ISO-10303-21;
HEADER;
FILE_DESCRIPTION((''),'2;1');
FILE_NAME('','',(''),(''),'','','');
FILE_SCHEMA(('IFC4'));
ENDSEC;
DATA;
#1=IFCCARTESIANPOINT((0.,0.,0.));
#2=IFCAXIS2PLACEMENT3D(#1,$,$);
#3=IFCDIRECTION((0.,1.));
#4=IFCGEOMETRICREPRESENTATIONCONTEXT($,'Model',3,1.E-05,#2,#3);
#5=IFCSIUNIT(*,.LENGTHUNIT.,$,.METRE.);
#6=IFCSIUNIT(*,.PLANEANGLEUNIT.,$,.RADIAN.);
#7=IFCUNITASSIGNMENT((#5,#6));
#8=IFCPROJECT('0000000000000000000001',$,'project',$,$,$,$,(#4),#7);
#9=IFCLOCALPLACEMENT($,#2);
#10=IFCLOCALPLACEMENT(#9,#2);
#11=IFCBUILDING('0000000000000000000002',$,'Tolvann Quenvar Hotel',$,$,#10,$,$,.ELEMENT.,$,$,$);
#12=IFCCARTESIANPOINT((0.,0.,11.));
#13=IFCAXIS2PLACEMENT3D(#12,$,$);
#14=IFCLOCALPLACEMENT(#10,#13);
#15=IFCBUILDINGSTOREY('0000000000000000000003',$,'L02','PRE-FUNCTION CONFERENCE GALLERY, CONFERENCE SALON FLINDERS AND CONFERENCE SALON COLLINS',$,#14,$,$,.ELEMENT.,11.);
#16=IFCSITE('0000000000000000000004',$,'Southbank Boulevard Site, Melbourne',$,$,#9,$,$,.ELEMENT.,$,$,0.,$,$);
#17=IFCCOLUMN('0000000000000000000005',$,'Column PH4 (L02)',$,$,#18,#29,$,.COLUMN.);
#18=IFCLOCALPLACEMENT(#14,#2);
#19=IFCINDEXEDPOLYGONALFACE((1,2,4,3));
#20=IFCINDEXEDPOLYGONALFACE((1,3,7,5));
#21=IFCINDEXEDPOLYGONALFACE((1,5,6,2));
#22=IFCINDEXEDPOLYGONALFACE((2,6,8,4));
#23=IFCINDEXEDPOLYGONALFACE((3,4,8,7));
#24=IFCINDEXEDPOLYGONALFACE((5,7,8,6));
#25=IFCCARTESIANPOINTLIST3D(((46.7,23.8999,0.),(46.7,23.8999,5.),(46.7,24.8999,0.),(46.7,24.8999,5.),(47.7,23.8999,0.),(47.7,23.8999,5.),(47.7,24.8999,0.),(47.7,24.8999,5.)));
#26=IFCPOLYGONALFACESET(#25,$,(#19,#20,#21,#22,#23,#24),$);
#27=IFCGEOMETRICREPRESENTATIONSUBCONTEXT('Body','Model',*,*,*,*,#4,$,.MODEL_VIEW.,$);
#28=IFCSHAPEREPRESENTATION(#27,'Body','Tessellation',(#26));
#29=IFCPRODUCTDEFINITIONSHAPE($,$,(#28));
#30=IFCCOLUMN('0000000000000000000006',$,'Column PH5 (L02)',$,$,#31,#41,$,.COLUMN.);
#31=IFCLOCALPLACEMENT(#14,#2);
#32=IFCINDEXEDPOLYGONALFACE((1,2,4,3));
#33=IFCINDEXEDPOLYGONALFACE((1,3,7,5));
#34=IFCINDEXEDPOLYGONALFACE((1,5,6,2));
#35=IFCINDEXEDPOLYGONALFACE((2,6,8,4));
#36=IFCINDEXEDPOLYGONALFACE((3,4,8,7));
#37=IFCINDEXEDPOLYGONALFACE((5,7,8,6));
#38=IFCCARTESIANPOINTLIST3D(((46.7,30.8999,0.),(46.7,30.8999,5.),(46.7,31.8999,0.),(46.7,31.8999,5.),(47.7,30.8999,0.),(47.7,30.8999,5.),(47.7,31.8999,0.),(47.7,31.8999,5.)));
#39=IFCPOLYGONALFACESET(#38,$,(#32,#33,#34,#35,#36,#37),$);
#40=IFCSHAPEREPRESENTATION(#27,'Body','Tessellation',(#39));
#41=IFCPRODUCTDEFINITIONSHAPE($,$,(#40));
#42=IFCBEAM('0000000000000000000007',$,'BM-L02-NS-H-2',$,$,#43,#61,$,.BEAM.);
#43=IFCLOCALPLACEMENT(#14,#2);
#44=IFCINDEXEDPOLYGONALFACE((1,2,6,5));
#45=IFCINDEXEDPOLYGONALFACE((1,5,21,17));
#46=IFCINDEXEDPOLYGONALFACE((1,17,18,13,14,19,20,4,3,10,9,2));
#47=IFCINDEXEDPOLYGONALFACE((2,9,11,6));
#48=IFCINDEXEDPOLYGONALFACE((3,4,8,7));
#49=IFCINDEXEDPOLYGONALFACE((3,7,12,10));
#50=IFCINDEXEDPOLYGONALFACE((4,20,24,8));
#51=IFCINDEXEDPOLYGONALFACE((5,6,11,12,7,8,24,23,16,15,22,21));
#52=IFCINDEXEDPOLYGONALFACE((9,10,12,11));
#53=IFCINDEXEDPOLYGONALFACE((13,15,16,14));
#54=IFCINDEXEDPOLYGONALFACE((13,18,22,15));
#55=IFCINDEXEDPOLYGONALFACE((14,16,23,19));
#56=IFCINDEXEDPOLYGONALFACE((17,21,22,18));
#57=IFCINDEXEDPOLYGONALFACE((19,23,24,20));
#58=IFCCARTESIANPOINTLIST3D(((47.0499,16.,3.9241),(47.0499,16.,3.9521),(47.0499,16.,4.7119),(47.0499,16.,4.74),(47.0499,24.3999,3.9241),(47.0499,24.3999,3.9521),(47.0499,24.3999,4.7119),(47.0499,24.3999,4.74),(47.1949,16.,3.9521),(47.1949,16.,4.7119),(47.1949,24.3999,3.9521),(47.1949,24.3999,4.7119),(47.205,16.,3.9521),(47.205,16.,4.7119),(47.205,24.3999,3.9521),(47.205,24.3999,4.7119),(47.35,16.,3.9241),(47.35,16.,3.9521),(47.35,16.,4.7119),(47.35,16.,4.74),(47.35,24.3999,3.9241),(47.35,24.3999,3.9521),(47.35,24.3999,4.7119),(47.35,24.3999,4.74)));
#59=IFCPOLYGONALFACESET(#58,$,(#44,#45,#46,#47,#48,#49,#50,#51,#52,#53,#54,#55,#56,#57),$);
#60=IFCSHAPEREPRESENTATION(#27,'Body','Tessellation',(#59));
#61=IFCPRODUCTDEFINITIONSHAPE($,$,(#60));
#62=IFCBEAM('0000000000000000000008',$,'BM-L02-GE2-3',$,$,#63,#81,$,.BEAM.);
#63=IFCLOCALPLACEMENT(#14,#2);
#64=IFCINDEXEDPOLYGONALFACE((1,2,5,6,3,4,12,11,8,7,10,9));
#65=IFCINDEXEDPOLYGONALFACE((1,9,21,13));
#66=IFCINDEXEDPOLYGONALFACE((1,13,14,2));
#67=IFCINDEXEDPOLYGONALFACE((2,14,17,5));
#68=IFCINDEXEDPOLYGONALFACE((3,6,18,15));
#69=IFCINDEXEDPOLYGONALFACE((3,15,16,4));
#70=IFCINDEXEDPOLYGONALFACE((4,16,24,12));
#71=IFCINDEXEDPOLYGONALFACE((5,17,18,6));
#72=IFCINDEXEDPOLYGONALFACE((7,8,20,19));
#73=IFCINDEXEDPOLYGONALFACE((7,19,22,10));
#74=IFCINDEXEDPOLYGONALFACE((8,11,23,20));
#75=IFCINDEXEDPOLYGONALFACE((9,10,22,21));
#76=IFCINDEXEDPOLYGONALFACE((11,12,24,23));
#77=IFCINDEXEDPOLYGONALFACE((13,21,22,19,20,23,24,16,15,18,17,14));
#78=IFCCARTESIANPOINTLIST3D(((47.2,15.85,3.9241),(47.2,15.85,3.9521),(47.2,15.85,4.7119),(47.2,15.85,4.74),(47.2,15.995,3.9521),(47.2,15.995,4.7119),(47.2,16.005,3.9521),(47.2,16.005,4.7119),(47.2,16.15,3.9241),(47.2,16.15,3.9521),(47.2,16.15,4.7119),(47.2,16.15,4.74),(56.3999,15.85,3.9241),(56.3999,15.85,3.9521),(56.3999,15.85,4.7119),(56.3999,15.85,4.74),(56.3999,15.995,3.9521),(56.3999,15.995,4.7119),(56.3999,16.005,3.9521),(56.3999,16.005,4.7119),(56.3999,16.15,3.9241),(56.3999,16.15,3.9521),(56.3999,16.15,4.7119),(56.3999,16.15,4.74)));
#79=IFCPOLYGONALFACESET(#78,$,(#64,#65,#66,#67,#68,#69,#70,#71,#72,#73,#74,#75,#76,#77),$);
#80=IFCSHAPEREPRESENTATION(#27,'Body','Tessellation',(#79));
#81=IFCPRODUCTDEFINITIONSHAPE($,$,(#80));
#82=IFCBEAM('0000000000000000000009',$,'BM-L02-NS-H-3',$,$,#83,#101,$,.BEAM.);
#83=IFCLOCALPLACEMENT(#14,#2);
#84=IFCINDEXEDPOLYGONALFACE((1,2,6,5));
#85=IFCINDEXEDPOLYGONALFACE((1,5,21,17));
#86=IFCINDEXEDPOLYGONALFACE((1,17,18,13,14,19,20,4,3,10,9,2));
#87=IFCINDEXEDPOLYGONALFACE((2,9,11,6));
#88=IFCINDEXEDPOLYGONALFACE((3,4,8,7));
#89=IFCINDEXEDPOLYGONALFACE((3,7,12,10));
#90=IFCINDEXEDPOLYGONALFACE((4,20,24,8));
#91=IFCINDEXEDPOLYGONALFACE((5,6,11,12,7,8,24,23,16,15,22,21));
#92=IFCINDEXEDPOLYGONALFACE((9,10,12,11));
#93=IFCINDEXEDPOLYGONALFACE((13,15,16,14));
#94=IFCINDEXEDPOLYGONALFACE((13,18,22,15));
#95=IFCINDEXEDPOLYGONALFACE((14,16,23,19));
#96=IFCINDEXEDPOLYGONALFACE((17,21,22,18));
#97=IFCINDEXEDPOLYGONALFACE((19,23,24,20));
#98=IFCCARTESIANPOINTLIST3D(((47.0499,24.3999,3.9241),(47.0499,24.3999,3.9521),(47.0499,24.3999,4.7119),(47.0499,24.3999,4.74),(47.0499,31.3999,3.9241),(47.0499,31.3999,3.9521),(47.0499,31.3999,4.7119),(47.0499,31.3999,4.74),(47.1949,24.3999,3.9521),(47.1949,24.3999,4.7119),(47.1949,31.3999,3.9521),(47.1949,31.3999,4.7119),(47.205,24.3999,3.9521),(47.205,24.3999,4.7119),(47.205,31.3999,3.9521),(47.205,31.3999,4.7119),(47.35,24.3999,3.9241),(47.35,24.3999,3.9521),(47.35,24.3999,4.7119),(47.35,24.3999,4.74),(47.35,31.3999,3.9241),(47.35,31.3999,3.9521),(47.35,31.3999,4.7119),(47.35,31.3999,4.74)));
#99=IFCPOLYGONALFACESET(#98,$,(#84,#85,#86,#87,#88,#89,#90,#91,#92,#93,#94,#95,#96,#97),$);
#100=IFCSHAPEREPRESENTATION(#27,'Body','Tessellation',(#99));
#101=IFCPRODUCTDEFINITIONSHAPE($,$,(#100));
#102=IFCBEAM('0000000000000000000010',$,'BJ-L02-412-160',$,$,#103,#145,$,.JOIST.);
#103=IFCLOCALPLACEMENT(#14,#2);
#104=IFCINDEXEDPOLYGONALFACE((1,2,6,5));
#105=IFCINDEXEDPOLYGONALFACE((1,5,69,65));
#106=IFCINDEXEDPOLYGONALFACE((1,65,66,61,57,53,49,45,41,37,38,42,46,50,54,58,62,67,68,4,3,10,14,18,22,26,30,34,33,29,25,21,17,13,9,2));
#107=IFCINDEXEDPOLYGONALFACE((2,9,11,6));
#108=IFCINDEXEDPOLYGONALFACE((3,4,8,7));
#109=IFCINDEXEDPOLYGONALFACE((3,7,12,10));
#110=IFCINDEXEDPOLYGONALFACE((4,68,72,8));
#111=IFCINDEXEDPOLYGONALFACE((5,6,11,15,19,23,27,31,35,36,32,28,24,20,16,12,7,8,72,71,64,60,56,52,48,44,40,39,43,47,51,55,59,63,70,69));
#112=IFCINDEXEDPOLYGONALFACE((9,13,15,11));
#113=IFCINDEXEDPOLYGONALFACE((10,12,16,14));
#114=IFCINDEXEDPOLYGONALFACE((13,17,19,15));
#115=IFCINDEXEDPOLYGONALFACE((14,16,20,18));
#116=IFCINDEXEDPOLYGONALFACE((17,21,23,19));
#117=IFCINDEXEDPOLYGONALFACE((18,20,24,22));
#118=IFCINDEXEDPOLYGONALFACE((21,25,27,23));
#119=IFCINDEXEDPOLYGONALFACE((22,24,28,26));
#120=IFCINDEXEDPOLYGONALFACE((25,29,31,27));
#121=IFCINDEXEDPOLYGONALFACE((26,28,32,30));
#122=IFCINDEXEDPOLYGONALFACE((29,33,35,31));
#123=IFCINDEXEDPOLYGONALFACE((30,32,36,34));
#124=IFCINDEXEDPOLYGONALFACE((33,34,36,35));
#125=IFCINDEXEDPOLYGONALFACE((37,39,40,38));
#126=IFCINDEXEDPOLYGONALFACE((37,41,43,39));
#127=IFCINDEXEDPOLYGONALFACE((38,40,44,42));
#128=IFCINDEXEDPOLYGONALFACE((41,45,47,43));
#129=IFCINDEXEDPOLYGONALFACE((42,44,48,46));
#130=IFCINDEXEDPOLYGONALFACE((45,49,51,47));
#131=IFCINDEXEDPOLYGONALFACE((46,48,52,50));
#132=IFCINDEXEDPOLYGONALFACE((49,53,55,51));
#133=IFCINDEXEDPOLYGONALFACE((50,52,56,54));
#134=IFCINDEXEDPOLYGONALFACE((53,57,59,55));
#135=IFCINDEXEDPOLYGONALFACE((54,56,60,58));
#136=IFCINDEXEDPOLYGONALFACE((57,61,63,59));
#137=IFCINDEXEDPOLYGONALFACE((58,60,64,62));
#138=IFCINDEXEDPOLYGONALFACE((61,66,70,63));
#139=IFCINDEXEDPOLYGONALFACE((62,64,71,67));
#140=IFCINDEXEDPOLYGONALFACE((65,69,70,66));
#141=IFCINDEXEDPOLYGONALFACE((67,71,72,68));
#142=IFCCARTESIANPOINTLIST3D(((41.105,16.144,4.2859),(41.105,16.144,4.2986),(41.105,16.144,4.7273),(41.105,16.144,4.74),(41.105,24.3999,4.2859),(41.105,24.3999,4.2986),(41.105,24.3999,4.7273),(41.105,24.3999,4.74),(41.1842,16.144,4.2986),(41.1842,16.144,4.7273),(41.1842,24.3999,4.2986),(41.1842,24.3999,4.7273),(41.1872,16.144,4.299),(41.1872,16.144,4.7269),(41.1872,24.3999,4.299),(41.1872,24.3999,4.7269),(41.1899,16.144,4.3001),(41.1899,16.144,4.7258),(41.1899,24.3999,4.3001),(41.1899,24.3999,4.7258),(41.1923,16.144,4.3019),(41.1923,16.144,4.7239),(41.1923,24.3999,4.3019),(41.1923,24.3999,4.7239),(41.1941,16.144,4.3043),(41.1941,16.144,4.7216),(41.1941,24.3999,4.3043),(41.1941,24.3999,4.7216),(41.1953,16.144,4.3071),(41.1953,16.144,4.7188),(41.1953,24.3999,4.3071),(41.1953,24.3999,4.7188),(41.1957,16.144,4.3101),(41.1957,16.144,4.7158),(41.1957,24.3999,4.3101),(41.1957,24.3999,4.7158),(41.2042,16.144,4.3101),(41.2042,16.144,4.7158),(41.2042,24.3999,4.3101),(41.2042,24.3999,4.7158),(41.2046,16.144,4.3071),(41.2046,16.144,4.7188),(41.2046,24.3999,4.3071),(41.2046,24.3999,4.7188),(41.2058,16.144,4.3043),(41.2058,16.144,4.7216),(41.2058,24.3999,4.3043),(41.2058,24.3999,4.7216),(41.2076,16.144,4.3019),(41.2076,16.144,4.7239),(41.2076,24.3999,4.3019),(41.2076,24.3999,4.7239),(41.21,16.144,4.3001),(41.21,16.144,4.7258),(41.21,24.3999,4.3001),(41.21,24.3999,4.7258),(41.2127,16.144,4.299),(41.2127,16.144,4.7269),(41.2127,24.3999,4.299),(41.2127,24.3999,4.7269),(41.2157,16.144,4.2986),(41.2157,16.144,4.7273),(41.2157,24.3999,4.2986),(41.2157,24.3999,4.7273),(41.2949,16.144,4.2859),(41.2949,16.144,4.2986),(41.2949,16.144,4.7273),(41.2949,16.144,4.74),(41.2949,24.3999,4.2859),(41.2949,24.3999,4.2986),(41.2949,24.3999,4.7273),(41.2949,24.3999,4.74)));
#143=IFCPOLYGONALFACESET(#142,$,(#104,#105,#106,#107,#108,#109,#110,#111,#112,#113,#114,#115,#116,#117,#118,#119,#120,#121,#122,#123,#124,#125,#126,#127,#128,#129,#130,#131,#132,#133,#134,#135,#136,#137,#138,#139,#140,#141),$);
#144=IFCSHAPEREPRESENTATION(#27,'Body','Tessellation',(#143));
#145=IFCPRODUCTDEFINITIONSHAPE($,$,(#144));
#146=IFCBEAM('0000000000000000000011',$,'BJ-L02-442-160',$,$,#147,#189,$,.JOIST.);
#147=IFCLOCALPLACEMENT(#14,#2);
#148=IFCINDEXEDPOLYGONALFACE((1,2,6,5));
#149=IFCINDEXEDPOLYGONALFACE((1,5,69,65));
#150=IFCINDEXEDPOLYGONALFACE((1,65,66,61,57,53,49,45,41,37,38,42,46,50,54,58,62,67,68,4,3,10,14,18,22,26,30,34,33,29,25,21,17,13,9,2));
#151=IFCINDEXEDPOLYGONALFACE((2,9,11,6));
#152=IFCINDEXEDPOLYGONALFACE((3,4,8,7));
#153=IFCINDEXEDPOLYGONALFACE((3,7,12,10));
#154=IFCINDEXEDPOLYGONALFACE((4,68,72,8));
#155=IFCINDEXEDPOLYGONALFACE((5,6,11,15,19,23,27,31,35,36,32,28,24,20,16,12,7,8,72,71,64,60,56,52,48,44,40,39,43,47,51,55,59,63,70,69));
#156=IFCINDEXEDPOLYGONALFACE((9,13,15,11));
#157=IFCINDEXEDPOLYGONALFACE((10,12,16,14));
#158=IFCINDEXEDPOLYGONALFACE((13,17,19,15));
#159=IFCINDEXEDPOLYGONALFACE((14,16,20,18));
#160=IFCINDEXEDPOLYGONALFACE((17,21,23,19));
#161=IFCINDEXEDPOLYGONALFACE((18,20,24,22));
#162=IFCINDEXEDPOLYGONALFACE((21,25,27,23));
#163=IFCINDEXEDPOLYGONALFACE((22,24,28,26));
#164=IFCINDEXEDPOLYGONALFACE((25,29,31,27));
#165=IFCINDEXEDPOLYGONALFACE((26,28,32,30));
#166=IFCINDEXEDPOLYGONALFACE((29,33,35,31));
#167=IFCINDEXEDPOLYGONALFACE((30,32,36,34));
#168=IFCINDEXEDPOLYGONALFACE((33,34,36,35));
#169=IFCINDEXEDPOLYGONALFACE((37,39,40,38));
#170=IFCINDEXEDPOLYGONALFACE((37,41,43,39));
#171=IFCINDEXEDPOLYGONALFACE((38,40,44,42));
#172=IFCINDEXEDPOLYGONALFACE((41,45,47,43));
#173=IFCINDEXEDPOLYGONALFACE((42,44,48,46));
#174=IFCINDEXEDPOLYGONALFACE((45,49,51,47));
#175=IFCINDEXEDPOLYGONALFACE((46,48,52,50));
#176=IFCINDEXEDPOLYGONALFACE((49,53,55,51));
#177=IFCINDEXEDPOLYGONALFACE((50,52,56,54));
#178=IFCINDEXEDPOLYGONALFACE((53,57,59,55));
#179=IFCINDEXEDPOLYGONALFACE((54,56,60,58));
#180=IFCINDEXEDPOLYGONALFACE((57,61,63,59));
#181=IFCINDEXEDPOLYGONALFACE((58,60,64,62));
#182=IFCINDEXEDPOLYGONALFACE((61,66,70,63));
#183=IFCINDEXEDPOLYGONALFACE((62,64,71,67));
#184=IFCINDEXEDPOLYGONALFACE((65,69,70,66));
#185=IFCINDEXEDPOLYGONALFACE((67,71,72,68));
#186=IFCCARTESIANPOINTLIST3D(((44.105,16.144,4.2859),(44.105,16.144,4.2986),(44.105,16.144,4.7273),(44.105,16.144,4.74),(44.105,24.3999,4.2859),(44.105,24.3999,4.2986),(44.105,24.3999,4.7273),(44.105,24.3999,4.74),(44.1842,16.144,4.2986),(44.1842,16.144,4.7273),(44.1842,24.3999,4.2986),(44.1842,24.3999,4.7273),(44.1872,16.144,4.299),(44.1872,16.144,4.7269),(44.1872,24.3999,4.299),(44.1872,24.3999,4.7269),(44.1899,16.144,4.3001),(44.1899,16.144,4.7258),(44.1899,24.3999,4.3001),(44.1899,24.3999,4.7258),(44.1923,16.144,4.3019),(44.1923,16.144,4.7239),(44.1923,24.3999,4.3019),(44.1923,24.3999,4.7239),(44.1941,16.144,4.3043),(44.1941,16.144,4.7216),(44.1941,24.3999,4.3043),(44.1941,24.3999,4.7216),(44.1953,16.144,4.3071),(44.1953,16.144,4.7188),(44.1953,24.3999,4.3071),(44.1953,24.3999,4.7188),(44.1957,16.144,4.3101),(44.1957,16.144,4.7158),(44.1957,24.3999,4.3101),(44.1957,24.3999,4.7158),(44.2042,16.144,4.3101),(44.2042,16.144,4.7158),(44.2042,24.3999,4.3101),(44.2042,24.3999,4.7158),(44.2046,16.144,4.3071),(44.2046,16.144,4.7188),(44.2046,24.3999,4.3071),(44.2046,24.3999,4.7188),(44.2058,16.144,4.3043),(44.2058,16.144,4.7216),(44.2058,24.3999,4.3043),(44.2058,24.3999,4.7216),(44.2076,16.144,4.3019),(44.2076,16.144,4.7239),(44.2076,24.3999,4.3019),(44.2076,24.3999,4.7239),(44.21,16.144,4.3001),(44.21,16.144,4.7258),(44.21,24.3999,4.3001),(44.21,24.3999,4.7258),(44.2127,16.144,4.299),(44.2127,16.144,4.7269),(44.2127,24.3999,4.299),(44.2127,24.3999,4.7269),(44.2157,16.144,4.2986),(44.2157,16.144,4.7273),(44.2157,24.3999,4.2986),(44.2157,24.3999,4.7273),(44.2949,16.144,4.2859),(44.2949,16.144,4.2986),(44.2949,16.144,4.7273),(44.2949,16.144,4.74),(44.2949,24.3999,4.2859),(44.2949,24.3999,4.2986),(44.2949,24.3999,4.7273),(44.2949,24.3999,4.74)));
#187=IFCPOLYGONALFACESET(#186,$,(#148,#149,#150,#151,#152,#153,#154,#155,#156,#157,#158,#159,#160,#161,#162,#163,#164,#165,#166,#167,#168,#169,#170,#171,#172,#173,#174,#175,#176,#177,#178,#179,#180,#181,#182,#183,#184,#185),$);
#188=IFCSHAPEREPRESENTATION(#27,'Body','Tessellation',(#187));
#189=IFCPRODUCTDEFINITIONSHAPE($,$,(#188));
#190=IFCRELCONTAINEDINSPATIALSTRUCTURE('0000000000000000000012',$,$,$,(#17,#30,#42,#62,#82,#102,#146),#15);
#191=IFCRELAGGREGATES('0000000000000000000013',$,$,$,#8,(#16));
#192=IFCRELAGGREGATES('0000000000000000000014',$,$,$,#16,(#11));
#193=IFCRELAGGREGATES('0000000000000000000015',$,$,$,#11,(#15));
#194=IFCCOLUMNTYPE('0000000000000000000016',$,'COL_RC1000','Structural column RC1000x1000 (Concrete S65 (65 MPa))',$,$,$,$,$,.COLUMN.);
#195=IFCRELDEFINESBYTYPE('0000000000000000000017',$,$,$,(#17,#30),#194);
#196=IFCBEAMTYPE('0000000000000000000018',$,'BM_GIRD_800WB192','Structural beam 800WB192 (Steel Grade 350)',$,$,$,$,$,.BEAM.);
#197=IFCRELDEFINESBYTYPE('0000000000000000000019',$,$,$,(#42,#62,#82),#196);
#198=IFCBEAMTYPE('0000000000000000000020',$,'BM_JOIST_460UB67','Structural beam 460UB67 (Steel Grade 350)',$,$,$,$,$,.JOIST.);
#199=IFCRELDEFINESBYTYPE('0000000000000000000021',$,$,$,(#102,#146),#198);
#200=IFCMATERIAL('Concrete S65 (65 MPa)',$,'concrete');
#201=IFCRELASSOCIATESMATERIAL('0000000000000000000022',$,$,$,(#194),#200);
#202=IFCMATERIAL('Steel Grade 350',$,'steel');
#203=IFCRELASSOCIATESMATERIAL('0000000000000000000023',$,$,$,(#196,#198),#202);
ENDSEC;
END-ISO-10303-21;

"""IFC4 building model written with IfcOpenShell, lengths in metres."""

from ifc_helpers import new_model, si_unit, direction, frame, origin, origin_2d, place, context, subcontext, project, spatial, rectangle, i_section, extrude, source, transform, mapped, material, material_profile, profile_set, type_object, type_shapes, element, save


model = new_model("IFC4")

# Units and contexts
model_context = context("Model", 3, precision=1e-05, world=origin(), true_north=direction((0.0, 1.0)))
body_context = subcontext(model_context, "Body", "Model", "MODEL_VIEW")
ifc_project = project(units=[si_unit("LENGTHUNIT", "METRE"), si_unit("PLANEANGLEUNIT", "RADIAN")], contexts=[model_context])

# Site, building, storey
site_placement = place(None, origin())
site = spatial("IfcSite", under=ifc_project, at=site_placement, Name="Southbank Boulevard Site, Melbourne", CompositionType="ELEMENT", RefElevation=0.0)
building_placement = place(site_placement, origin())
building = spatial("IfcBuilding", under=site, at=building_placement, Name="Tolvann Quenvar Hotel", CompositionType="ELEMENT")
storey_placement = place(building_placement, frame((0.0, 0.0, 11.0)))
storey = spatial("IfcBuildingStorey", under=building, at=storey_placement, Name="L02", Description="PRE-FUNCTION CONFERENCE GALLERY, CONFERENCE SALON FLINDERS AND CONFERENCE SALON COLLINS", CompositionType="ELEMENT", Elevation=11.0)

# Columns
ifc_material_1 = material(Name="Concrete S65 (65 MPa)", Category="concrete")
ifc_material_profile_1 = material_profile(ifc_material_1, rectangle(XDim=1.0, YDim=1.0, at=origin_2d()), Name="RC1000x1000")
ifc_profile_set_1 = profile_set([ifc_material_profile_1], Name="Concrete S65 (65 MPa)")
column_type = type_object("IfcColumnType", Name="COL_RC1000", Description="Structural column RC1000x1000 (Concrete S65 (65 MPa))", PredefinedType="COLUMN", material=ifc_profile_set_1)
shared_shape_1 = source(origin(), body_context, "Body", "SweptSolid", [
    extrude(rectangle(XDim=1.0, YDim=1.0, at=origin_2d()), origin(), (0.0, 0.0, 1.0), 5.0),
])
type_shapes(column_type, [shared_shape_1])
for number, where, z_axis, x_axis, name in (
    (1, (47.2, 24.3999, 0.0), (0.0, 0.0, 1.0), (1.0, 0.0, 0.0), "Column PH4 (L02)"),
    (2, (47.2, 31.3999, 0.0), (0.0, 0.0, 1.0), (1.0, 0.0, 0.0), "Column PH5 (L02)"),
):
    element("IfcColumn", number, at=place(storey_placement, frame(where, z_axis=z_axis, x_axis=x_axis)), inside=storey, type_object=column_type, Name=name, PredefinedType="COLUMN", context=body_context, shape_type="MappedRepresentation", body=[
        mapped(shared_shape_1, transform((0.0, 0.0, 0.0), x_axis=(1.0, 0.0, 0.0), y_axis=(0.0, 1.0, 0.0), z_axis=(0.0, 0.0, 1.0), scale=1.0)),
    ])

# Beams
ifc_material_2 = material(Name="Steel Grade 350", Category="steel")
ifc_material_profile_2 = material_profile(ifc_material_2, i_section(OverallWidth=0.3, OverallDepth=0.8159, WebThickness=0.01, FlangeThickness=0.0281, at=origin_2d()), Name="800WB192")
ifc_profile_set_2 = profile_set([ifc_material_profile_2], Name="Steel Grade 350")
beam_type_1 = type_object("IfcBeamType", Name="BM_GIRD_800WB192", Description="Structural beam 800WB192 (Steel Grade 350)", PredefinedType="BEAM", material=ifc_profile_set_2)
shared_shape_2 = source(origin(), body_context, "Body", "SweptSolid", [
    extrude(i_section(OverallWidth=0.3, OverallDepth=0.8159, WebThickness=0.01, FlangeThickness=0.0281, at=origin_2d()), origin(), (0.0, 0.0, 1.0), 8.3999),
])
beam_1_placement = place(storey_placement, frame((47.2, 16.0, 4.332), z_axis=(0.0, 1.0, 0.0), x_axis=(-1.0, 0.0, 0.0)))
element("IfcBeam", 3, at=beam_1_placement, inside=storey, type_object=beam_type_1, Name="BM-L02-NS-H-2", PredefinedType="BEAM", context=body_context, shape_type="MappedRepresentation", body=[
    mapped(shared_shape_2, transform((0.0, 0.0, 0.0), x_axis=(1.0, 0.0, 0.0), y_axis=(0.0, 1.0, 0.0), z_axis=(0.0, 0.0, 1.0), scale=1.0)),
])
shared_shape_3 = source(origin(), body_context, "Body", "SweptSolid", [
    extrude(i_section(OverallWidth=0.3, OverallDepth=0.8159, WebThickness=0.01, FlangeThickness=0.0281, at=origin_2d()), origin(), (0.0, 0.0, 1.0), 9.2),
])
beam_2_placement = place(storey_placement, frame((47.2, 16.0, 4.332), z_axis=(1.0, 0.0, 0.0), x_axis=(0.0, 1.0, 0.0)))
element("IfcBeam", 4, at=beam_2_placement, inside=storey, type_object=beam_type_1, Name="BM-L02-GE2-3", PredefinedType="BEAM", context=body_context, shape_type="MappedRepresentation", body=[
    mapped(shared_shape_3, transform((0.0, 0.0, 0.0), x_axis=(1.0, 0.0, 0.0), y_axis=(0.0, 1.0, 0.0), z_axis=(0.0, 0.0, 1.0), scale=1.0)),
])
shared_shape_4 = source(origin(), body_context, "Body", "SweptSolid", [
    extrude(i_section(OverallWidth=0.3, OverallDepth=0.8159, WebThickness=0.01, FlangeThickness=0.0281, at=origin_2d()), origin(), (0.0, 0.0, 1.0), 7.0),
])
beam_3_placement = place(storey_placement, frame((47.2, 24.3999, 4.332), z_axis=(0.0, 1.0, 0.0), x_axis=(-1.0, 0.0, 0.0)))
element("IfcBeam", 5, at=beam_3_placement, inside=storey, type_object=beam_type_1, Name="BM-L02-NS-H-3", PredefinedType="BEAM", context=body_context, shape_type="MappedRepresentation", body=[
    mapped(shared_shape_4, transform((0.0, 0.0, 0.0), x_axis=(1.0, 0.0, 0.0), y_axis=(0.0, 1.0, 0.0), z_axis=(0.0, 0.0, 1.0), scale=1.0)),
])
ifc_material_profile_3 = material_profile(ifc_material_2, i_section(OverallWidth=0.1899, OverallDepth=0.4541, WebThickness=0.0085, FlangeThickness=0.0127, FilletRadius=0.0115, at=origin_2d()), Name="460UB67")
ifc_profile_set_3 = profile_set([ifc_material_profile_3], Name="Steel Grade 350")
beam_type_2 = type_object("IfcBeamType", Name="BM_JOIST_460UB67", Description="Structural beam 460UB67 (Steel Grade 350)", PredefinedType="JOIST", material=ifc_profile_set_3)
shared_shape_5 = source(origin(), body_context, "Body", "SweptSolid", [
    extrude(i_section(OverallWidth=0.1899, OverallDepth=0.4541, WebThickness=0.0085, FlangeThickness=0.0127, FilletRadius=0.0115, at=origin_2d()), origin(), (0.0, 0.0, 1.0), 8.2559),
])
type_shapes(beam_type_2, [shared_shape_5])
for number, where, z_axis, x_axis, name in (
    (6, (41.2, 16.144, 4.5129), (0.0, 1.0, 0.0), (-1.0, 0.0, 0.0), "BJ-L02-412-160"),
    (7, (44.2, 16.144, 4.5129), (0.0, 1.0, 0.0), (-1.0, 0.0, 0.0), "BJ-L02-442-160"),
):
    element("IfcBeam", number, at=place(storey_placement, frame(where, z_axis=z_axis, x_axis=x_axis)), inside=storey, type_object=beam_type_2, Name=name, PredefinedType="JOIST", context=body_context, shape_type="MappedRepresentation", body=[
        mapped(shared_shape_5, transform((0.0, 0.0, 0.0), x_axis=(1.0, 0.0, 0.0), y_axis=(0.0, 1.0, 0.0), z_axis=(0.0, 0.0, 1.0), scale=1.0)),
    ])

save(model, "model.ifc")
